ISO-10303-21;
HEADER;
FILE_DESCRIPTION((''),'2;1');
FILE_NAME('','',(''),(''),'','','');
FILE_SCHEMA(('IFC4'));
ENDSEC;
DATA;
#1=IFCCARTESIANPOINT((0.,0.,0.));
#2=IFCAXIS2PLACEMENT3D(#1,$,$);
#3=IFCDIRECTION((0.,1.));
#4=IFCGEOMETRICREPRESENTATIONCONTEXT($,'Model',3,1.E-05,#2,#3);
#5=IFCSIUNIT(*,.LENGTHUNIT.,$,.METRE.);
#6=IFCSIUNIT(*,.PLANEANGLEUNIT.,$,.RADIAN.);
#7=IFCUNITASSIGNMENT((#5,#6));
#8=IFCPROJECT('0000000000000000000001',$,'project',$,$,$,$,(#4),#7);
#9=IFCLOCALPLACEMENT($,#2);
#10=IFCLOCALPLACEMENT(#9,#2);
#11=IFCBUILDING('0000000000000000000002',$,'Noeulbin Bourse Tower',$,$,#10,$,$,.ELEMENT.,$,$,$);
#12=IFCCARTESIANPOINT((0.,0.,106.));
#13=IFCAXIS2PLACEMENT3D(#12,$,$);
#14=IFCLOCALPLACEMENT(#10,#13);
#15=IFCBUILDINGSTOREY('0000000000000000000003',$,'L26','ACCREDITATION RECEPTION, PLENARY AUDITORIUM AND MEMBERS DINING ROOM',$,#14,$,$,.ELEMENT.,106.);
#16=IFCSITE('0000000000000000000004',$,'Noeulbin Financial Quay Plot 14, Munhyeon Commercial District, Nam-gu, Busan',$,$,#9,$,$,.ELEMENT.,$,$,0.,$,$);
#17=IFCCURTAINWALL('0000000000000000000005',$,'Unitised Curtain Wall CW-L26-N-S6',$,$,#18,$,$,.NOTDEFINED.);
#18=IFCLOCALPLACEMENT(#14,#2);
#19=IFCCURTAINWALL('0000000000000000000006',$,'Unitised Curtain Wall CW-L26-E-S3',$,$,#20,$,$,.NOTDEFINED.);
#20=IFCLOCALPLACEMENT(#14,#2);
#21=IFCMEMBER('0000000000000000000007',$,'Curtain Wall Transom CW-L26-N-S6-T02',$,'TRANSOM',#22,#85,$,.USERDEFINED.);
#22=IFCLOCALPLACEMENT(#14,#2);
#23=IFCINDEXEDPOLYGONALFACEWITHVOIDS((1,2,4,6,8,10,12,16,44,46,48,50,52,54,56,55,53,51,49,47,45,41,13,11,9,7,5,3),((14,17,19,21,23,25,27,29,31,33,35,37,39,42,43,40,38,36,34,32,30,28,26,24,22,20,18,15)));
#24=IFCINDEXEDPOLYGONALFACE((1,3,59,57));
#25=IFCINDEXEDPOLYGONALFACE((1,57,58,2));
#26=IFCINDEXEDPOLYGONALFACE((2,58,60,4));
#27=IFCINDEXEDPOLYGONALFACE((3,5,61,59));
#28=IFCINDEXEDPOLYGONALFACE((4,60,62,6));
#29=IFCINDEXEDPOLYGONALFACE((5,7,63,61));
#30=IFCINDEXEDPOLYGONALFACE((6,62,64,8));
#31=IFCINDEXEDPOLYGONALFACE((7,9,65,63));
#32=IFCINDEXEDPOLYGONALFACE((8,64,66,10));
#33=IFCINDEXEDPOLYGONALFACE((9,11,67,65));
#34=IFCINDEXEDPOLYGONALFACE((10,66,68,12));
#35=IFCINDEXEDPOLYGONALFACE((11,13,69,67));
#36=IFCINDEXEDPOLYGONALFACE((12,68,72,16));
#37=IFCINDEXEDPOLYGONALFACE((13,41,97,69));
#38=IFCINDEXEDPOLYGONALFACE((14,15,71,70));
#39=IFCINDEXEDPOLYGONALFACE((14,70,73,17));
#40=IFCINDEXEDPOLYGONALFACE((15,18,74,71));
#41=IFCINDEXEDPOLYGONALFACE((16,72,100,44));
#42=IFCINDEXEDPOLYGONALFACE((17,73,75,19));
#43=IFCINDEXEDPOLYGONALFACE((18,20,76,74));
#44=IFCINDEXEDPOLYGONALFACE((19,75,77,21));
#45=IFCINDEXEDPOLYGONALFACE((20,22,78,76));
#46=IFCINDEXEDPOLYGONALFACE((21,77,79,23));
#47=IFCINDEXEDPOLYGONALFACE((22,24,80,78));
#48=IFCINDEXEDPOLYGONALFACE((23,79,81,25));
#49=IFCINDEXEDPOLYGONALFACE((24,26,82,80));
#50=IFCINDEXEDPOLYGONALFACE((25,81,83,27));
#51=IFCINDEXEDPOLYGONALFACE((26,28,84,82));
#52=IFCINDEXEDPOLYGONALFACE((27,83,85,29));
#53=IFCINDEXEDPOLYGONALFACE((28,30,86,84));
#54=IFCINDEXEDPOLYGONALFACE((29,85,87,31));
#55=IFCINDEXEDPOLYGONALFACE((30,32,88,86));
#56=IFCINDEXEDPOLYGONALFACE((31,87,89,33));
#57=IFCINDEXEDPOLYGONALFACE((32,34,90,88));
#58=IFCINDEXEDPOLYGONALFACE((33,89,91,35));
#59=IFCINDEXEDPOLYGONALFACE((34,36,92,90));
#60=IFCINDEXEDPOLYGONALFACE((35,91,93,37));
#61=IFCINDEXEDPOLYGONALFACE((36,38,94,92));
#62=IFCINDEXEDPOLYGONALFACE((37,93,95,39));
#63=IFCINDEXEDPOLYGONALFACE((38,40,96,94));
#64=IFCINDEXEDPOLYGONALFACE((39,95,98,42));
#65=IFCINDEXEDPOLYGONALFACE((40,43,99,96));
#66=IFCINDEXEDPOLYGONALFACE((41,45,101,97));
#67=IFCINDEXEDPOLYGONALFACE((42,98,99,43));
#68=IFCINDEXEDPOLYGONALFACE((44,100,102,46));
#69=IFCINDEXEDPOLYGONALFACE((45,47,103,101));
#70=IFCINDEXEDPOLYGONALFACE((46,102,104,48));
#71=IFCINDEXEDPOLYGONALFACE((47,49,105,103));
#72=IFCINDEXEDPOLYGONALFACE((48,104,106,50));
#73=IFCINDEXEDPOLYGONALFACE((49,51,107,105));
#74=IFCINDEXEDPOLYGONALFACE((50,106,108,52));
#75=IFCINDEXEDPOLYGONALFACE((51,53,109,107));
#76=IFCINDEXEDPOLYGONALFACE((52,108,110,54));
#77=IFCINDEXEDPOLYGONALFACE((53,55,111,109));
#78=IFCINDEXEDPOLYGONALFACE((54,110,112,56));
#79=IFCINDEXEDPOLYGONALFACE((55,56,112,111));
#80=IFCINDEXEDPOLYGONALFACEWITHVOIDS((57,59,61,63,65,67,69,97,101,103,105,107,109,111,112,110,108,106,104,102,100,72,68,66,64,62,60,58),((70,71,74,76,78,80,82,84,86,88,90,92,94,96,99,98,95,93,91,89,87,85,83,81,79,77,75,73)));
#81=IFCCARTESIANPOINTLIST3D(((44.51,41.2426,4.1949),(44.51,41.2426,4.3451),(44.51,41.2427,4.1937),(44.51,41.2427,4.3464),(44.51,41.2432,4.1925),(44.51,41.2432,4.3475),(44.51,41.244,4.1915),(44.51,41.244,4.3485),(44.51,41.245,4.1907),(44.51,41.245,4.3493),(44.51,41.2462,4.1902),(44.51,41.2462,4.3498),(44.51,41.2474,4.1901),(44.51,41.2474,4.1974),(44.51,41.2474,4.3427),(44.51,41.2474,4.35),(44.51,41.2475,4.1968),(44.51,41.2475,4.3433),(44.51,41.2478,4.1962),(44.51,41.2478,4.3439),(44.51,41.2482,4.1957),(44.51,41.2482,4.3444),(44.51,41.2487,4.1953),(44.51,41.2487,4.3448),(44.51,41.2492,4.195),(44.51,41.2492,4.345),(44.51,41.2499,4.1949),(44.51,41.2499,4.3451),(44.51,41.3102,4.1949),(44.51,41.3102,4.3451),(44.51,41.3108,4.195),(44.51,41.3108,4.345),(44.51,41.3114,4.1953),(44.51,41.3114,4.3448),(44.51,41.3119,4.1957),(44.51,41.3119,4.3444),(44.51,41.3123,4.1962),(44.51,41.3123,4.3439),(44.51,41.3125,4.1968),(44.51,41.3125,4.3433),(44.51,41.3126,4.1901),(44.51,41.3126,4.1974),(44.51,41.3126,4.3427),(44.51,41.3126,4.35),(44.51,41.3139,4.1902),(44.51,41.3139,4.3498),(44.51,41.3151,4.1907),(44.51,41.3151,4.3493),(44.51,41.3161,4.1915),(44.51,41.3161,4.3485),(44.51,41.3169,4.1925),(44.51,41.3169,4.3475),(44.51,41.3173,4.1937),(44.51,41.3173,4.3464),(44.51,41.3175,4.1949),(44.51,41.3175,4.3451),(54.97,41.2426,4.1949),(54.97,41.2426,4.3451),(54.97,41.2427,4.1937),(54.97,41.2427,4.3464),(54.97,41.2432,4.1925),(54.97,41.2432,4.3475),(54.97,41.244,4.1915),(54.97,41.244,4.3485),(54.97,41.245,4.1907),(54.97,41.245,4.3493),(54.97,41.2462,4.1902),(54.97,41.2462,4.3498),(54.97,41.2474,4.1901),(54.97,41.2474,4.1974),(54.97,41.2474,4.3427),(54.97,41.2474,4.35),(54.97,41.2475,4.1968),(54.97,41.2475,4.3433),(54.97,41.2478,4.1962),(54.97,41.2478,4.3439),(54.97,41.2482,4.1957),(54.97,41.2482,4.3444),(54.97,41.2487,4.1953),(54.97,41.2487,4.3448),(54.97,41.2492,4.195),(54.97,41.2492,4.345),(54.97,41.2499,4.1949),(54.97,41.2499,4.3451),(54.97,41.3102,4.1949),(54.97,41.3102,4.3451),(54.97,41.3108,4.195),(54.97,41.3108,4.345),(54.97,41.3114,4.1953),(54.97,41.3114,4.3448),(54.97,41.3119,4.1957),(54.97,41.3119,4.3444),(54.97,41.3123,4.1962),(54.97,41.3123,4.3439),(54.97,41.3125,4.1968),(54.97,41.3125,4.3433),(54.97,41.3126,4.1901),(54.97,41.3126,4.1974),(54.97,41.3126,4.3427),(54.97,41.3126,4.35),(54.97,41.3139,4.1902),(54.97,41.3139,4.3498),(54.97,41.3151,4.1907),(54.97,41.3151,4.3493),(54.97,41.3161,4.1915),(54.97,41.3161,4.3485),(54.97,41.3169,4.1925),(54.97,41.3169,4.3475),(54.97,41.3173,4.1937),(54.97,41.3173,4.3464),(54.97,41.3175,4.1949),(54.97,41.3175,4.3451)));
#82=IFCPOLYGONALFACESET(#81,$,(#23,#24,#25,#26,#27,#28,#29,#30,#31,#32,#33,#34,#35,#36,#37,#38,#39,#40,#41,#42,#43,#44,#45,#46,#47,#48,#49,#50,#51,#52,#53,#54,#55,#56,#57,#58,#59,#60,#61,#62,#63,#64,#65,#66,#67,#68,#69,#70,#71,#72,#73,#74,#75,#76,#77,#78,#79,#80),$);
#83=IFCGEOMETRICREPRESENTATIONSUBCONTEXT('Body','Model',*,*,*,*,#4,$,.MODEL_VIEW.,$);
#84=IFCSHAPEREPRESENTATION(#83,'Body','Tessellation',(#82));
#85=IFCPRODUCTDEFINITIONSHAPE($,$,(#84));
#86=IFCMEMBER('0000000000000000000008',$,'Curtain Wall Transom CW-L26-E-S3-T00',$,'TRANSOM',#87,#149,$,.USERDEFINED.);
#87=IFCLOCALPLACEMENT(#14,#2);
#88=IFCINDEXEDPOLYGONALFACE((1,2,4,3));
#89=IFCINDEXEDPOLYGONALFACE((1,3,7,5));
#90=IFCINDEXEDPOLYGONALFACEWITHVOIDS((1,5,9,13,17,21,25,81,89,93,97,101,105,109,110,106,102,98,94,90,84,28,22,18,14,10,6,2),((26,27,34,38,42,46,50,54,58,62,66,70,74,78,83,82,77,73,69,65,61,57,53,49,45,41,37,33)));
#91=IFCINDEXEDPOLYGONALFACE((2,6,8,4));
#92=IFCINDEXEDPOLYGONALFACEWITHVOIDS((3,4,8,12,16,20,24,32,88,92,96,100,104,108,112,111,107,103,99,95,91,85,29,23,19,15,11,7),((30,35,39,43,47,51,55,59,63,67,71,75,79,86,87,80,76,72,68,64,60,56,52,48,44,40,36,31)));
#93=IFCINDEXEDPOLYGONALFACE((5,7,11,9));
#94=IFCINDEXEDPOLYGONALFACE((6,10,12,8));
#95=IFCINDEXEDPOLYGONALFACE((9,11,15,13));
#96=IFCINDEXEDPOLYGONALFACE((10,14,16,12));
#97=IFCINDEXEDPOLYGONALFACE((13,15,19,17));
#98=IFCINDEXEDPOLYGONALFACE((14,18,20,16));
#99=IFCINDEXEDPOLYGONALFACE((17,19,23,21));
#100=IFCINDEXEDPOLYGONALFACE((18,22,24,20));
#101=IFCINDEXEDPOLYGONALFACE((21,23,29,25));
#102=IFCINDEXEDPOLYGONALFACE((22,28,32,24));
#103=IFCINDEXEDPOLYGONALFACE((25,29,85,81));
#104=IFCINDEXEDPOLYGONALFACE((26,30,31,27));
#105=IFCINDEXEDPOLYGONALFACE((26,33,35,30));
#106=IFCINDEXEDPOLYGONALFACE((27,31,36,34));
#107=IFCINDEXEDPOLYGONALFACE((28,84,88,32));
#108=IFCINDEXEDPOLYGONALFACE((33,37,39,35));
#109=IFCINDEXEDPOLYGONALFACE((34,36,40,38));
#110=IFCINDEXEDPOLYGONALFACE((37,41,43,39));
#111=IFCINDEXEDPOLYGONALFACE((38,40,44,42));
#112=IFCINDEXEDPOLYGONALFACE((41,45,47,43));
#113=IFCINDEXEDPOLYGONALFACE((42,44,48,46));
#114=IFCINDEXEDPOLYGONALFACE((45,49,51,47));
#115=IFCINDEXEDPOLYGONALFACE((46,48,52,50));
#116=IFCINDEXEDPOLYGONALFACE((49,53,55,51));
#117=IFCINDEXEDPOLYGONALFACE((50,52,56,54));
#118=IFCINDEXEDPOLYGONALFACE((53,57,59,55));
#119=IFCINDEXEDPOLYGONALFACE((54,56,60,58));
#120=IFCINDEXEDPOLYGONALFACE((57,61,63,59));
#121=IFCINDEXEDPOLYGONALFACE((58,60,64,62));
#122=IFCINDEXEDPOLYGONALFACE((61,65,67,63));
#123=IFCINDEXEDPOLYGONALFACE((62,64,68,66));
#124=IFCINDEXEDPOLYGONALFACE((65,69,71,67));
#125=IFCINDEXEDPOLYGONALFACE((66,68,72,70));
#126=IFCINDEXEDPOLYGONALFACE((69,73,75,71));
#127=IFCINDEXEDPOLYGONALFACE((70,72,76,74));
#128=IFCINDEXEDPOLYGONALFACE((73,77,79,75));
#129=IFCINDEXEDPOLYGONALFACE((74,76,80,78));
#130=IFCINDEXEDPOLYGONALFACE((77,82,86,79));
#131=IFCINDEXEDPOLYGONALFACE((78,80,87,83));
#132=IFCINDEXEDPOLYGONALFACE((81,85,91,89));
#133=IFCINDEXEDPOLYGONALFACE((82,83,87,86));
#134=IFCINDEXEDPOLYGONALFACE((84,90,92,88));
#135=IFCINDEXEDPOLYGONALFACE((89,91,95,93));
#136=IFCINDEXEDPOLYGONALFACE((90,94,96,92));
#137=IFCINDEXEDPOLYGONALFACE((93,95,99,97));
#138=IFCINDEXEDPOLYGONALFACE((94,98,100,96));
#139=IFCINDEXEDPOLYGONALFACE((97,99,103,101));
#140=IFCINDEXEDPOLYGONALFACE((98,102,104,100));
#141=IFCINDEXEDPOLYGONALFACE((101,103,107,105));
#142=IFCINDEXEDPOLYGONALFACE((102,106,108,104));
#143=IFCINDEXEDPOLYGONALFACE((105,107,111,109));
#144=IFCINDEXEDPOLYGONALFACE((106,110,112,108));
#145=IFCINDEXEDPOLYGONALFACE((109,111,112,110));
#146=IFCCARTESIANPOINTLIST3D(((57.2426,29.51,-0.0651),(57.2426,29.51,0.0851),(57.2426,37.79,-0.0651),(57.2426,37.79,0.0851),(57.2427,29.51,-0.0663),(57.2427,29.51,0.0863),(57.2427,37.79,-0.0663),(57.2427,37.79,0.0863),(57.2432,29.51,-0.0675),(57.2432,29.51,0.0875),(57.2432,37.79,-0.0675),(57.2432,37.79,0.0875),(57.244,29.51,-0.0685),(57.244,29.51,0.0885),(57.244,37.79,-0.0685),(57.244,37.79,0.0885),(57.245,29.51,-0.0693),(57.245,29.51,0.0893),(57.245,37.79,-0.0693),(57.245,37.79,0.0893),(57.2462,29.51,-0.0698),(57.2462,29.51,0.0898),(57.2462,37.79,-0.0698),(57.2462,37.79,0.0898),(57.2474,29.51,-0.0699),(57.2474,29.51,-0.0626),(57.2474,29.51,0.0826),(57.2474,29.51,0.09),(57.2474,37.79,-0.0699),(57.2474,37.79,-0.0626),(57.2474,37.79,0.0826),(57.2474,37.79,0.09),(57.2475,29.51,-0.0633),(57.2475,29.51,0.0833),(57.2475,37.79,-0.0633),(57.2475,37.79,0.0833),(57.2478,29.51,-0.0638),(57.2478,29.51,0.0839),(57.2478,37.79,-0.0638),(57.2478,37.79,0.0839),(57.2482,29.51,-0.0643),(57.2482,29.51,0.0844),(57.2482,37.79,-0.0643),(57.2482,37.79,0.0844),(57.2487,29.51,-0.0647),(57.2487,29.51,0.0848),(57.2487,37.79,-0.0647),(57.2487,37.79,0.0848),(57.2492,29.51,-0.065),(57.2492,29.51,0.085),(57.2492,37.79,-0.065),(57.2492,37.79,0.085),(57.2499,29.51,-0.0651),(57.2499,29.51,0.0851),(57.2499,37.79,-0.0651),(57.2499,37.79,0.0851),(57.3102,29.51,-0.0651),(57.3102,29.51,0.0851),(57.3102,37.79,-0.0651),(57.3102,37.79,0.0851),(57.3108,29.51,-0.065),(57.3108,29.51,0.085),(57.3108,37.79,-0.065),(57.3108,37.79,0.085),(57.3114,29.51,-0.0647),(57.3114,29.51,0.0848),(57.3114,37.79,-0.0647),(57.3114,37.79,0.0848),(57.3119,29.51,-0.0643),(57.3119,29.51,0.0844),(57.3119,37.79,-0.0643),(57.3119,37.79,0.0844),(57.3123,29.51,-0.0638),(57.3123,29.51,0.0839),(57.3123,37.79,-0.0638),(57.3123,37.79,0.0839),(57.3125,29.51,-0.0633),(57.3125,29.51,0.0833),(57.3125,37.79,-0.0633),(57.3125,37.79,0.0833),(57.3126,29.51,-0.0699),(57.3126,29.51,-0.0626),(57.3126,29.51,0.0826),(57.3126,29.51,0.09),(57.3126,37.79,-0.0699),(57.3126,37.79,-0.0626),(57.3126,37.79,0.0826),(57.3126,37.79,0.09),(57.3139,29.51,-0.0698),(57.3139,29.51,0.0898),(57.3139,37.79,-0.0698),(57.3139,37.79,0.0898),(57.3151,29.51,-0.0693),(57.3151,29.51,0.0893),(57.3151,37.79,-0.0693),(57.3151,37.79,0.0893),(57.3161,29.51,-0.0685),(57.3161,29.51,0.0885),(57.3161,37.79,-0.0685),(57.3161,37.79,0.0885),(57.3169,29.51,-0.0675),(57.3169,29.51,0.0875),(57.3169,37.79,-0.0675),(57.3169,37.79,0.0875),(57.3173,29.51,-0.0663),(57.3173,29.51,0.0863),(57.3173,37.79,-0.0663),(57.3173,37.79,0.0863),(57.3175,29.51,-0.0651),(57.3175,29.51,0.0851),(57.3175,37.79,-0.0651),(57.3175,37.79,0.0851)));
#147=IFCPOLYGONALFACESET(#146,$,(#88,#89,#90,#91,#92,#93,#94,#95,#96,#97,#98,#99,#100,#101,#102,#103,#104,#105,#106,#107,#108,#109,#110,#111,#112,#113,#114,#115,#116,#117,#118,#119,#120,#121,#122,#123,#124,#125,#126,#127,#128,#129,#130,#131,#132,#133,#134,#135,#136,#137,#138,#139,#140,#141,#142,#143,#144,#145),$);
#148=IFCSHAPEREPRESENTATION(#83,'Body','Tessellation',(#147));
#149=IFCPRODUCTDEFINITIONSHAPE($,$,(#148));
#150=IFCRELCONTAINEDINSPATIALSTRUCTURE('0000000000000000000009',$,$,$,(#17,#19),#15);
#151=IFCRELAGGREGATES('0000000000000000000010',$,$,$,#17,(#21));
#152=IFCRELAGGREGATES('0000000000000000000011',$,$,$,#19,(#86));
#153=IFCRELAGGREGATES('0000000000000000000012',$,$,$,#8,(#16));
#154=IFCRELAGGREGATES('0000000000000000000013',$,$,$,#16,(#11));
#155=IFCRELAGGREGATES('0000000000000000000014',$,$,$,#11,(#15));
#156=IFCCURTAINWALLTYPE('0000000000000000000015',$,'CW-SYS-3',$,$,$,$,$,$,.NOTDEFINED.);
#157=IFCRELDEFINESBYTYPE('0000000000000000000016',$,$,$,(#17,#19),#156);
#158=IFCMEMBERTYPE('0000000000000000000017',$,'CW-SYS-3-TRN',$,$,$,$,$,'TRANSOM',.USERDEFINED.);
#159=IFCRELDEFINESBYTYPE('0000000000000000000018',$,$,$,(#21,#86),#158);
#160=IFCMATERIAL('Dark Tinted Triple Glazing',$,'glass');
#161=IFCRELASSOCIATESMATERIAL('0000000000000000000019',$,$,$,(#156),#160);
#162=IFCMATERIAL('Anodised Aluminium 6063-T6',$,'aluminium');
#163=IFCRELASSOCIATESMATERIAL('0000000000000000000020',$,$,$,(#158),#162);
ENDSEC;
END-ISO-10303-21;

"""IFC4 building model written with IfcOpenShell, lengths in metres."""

from ifc_helpers import new_model, si_unit, direction, frame, origin, origin_2d, place, context, subcontext, project, spatial, hollow_rectangle, extrude, material, material_profile, profile_set, type_object, element, aggregate, save


model = new_model("IFC4")

# Units and contexts
model_context = context("Model", 3, precision=1e-05, world=origin(), true_north=direction((0.0, 1.0)))
body_context = subcontext(model_context, "Body", "Model", "MODEL_VIEW")
ifc_project = project(units=[si_unit("LENGTHUNIT", "METRE"), si_unit("PLANEANGLEUNIT", "RADIAN")], contexts=[model_context])

# Site, building, storey
site_placement = place(None, origin())
site = spatial("IfcSite", under=ifc_project, at=site_placement, Name="Noeulbin Financial Quay Plot 14, Munhyeon Commercial District, Nam-gu, Busan", CompositionType="ELEMENT", RefElevation=0.0)
building_placement = place(site_placement, origin())
building = spatial("IfcBuilding", under=site, at=building_placement, Name="Noeulbin Bourse Tower", CompositionType="ELEMENT")
storey_placement = place(building_placement, frame((0.0, 0.0, 106.0)))
storey = spatial("IfcBuildingStorey", under=building, at=storey_placement, Name="L26", Description="ACCREDITATION RECEPTION, PLENARY AUDITORIUM AND MEMBERS DINING ROOM", CompositionType="ELEMENT", Elevation=106.0)

# Curtain walls
ifc_material_1 = material(Name="Dark Tinted Triple Glazing", Category="glass")
curtain_wall_type = type_object("IfcCurtainWallType", Name="CW-SYS-3", PredefinedType="NOTDEFINED", material=ifc_material_1)
curtain_wall_1_placement = place(storey_placement, origin())
curtain_wall_1 = element("IfcCurtainWall", 1, at=curtain_wall_1_placement, inside=storey, type_object=curtain_wall_type, Name="Unitised Curtain Wall CW-L26-N-S6", PredefinedType="NOTDEFINED")
ifc_material_2 = material(Name="Anodised Aluminium 6063-T6", Category="aluminium")
curtain_wall_2_placement = place(storey_placement, origin())
curtain_wall_2 = element("IfcCurtainWall", 2, at=curtain_wall_2_placement, inside=storey, type_object=curtain_wall_type, Name="Unitised Curtain Wall CW-L26-E-S3", PredefinedType="NOTDEFINED")

# Members
ifc_material_profile_1 = material_profile(ifc_material_2, hollow_rectangle(XDim=0.075, YDim=0.1599, WallThickness=0.0049, InnerFilletRadius=0.0024, OuterFilletRadius=0.0049, at=origin_2d()), Name="ALU-TRAN-75x160x5", Category="LoadBearing")
ifc_profile_set_1 = profile_set([ifc_material_profile_1], Name="Anodised Aluminium 6063-T6")
member_type_1 = type_object("IfcMemberType", Name="CW-SYS-3-TRN", ElementType="TRANSOM", PredefinedType="USERDEFINED", material=ifc_profile_set_1)
member_1_placement = place(storey_placement, frame((44.51, 41.28, 4.27), z_axis=(1.0, 0.0, 0.0), x_axis=(0.0, 1.0, 0.0)))
member_1 = element("IfcMember", 3, at=member_1_placement, type_object=member_type_1, Name="Curtain Wall Transom CW-L26-N-S6-T02", ObjectType="TRANSOM", PredefinedType="USERDEFINED", context=body_context, shape_type="SweptSolid", body=[
    extrude(hollow_rectangle(XDim=0.075, YDim=0.1599, WallThickness=0.0049, InnerFilletRadius=0.0024, OuterFilletRadius=0.0049, at=origin_2d()), origin(), (0.0, 0.0, 1.0), 10.46),
])
member_2_placement = place(storey_placement, frame((57.28, 29.51, 0.01), z_axis=(0.0, 1.0, 0.0), x_axis=(-1.0, 0.0, 0.0)))
member_2 = element("IfcMember", 4, at=member_2_placement, type_object=member_type_1, Name="Curtain Wall Transom CW-L26-E-S3-T00", ObjectType="TRANSOM", PredefinedType="USERDEFINED", context=body_context, shape_type="SweptSolid", body=[
    extrude(hollow_rectangle(XDim=0.075, YDim=0.1599, WallThickness=0.0049, InnerFilletRadius=0.0024, OuterFilletRadius=0.0049, at=origin_2d()), origin(), (0.0, 0.0, 1.0), 8.28),
])

aggregate(curtain_wall_1, [member_1])
aggregate(curtain_wall_2, [member_2])

save(model, "model.ifc")
